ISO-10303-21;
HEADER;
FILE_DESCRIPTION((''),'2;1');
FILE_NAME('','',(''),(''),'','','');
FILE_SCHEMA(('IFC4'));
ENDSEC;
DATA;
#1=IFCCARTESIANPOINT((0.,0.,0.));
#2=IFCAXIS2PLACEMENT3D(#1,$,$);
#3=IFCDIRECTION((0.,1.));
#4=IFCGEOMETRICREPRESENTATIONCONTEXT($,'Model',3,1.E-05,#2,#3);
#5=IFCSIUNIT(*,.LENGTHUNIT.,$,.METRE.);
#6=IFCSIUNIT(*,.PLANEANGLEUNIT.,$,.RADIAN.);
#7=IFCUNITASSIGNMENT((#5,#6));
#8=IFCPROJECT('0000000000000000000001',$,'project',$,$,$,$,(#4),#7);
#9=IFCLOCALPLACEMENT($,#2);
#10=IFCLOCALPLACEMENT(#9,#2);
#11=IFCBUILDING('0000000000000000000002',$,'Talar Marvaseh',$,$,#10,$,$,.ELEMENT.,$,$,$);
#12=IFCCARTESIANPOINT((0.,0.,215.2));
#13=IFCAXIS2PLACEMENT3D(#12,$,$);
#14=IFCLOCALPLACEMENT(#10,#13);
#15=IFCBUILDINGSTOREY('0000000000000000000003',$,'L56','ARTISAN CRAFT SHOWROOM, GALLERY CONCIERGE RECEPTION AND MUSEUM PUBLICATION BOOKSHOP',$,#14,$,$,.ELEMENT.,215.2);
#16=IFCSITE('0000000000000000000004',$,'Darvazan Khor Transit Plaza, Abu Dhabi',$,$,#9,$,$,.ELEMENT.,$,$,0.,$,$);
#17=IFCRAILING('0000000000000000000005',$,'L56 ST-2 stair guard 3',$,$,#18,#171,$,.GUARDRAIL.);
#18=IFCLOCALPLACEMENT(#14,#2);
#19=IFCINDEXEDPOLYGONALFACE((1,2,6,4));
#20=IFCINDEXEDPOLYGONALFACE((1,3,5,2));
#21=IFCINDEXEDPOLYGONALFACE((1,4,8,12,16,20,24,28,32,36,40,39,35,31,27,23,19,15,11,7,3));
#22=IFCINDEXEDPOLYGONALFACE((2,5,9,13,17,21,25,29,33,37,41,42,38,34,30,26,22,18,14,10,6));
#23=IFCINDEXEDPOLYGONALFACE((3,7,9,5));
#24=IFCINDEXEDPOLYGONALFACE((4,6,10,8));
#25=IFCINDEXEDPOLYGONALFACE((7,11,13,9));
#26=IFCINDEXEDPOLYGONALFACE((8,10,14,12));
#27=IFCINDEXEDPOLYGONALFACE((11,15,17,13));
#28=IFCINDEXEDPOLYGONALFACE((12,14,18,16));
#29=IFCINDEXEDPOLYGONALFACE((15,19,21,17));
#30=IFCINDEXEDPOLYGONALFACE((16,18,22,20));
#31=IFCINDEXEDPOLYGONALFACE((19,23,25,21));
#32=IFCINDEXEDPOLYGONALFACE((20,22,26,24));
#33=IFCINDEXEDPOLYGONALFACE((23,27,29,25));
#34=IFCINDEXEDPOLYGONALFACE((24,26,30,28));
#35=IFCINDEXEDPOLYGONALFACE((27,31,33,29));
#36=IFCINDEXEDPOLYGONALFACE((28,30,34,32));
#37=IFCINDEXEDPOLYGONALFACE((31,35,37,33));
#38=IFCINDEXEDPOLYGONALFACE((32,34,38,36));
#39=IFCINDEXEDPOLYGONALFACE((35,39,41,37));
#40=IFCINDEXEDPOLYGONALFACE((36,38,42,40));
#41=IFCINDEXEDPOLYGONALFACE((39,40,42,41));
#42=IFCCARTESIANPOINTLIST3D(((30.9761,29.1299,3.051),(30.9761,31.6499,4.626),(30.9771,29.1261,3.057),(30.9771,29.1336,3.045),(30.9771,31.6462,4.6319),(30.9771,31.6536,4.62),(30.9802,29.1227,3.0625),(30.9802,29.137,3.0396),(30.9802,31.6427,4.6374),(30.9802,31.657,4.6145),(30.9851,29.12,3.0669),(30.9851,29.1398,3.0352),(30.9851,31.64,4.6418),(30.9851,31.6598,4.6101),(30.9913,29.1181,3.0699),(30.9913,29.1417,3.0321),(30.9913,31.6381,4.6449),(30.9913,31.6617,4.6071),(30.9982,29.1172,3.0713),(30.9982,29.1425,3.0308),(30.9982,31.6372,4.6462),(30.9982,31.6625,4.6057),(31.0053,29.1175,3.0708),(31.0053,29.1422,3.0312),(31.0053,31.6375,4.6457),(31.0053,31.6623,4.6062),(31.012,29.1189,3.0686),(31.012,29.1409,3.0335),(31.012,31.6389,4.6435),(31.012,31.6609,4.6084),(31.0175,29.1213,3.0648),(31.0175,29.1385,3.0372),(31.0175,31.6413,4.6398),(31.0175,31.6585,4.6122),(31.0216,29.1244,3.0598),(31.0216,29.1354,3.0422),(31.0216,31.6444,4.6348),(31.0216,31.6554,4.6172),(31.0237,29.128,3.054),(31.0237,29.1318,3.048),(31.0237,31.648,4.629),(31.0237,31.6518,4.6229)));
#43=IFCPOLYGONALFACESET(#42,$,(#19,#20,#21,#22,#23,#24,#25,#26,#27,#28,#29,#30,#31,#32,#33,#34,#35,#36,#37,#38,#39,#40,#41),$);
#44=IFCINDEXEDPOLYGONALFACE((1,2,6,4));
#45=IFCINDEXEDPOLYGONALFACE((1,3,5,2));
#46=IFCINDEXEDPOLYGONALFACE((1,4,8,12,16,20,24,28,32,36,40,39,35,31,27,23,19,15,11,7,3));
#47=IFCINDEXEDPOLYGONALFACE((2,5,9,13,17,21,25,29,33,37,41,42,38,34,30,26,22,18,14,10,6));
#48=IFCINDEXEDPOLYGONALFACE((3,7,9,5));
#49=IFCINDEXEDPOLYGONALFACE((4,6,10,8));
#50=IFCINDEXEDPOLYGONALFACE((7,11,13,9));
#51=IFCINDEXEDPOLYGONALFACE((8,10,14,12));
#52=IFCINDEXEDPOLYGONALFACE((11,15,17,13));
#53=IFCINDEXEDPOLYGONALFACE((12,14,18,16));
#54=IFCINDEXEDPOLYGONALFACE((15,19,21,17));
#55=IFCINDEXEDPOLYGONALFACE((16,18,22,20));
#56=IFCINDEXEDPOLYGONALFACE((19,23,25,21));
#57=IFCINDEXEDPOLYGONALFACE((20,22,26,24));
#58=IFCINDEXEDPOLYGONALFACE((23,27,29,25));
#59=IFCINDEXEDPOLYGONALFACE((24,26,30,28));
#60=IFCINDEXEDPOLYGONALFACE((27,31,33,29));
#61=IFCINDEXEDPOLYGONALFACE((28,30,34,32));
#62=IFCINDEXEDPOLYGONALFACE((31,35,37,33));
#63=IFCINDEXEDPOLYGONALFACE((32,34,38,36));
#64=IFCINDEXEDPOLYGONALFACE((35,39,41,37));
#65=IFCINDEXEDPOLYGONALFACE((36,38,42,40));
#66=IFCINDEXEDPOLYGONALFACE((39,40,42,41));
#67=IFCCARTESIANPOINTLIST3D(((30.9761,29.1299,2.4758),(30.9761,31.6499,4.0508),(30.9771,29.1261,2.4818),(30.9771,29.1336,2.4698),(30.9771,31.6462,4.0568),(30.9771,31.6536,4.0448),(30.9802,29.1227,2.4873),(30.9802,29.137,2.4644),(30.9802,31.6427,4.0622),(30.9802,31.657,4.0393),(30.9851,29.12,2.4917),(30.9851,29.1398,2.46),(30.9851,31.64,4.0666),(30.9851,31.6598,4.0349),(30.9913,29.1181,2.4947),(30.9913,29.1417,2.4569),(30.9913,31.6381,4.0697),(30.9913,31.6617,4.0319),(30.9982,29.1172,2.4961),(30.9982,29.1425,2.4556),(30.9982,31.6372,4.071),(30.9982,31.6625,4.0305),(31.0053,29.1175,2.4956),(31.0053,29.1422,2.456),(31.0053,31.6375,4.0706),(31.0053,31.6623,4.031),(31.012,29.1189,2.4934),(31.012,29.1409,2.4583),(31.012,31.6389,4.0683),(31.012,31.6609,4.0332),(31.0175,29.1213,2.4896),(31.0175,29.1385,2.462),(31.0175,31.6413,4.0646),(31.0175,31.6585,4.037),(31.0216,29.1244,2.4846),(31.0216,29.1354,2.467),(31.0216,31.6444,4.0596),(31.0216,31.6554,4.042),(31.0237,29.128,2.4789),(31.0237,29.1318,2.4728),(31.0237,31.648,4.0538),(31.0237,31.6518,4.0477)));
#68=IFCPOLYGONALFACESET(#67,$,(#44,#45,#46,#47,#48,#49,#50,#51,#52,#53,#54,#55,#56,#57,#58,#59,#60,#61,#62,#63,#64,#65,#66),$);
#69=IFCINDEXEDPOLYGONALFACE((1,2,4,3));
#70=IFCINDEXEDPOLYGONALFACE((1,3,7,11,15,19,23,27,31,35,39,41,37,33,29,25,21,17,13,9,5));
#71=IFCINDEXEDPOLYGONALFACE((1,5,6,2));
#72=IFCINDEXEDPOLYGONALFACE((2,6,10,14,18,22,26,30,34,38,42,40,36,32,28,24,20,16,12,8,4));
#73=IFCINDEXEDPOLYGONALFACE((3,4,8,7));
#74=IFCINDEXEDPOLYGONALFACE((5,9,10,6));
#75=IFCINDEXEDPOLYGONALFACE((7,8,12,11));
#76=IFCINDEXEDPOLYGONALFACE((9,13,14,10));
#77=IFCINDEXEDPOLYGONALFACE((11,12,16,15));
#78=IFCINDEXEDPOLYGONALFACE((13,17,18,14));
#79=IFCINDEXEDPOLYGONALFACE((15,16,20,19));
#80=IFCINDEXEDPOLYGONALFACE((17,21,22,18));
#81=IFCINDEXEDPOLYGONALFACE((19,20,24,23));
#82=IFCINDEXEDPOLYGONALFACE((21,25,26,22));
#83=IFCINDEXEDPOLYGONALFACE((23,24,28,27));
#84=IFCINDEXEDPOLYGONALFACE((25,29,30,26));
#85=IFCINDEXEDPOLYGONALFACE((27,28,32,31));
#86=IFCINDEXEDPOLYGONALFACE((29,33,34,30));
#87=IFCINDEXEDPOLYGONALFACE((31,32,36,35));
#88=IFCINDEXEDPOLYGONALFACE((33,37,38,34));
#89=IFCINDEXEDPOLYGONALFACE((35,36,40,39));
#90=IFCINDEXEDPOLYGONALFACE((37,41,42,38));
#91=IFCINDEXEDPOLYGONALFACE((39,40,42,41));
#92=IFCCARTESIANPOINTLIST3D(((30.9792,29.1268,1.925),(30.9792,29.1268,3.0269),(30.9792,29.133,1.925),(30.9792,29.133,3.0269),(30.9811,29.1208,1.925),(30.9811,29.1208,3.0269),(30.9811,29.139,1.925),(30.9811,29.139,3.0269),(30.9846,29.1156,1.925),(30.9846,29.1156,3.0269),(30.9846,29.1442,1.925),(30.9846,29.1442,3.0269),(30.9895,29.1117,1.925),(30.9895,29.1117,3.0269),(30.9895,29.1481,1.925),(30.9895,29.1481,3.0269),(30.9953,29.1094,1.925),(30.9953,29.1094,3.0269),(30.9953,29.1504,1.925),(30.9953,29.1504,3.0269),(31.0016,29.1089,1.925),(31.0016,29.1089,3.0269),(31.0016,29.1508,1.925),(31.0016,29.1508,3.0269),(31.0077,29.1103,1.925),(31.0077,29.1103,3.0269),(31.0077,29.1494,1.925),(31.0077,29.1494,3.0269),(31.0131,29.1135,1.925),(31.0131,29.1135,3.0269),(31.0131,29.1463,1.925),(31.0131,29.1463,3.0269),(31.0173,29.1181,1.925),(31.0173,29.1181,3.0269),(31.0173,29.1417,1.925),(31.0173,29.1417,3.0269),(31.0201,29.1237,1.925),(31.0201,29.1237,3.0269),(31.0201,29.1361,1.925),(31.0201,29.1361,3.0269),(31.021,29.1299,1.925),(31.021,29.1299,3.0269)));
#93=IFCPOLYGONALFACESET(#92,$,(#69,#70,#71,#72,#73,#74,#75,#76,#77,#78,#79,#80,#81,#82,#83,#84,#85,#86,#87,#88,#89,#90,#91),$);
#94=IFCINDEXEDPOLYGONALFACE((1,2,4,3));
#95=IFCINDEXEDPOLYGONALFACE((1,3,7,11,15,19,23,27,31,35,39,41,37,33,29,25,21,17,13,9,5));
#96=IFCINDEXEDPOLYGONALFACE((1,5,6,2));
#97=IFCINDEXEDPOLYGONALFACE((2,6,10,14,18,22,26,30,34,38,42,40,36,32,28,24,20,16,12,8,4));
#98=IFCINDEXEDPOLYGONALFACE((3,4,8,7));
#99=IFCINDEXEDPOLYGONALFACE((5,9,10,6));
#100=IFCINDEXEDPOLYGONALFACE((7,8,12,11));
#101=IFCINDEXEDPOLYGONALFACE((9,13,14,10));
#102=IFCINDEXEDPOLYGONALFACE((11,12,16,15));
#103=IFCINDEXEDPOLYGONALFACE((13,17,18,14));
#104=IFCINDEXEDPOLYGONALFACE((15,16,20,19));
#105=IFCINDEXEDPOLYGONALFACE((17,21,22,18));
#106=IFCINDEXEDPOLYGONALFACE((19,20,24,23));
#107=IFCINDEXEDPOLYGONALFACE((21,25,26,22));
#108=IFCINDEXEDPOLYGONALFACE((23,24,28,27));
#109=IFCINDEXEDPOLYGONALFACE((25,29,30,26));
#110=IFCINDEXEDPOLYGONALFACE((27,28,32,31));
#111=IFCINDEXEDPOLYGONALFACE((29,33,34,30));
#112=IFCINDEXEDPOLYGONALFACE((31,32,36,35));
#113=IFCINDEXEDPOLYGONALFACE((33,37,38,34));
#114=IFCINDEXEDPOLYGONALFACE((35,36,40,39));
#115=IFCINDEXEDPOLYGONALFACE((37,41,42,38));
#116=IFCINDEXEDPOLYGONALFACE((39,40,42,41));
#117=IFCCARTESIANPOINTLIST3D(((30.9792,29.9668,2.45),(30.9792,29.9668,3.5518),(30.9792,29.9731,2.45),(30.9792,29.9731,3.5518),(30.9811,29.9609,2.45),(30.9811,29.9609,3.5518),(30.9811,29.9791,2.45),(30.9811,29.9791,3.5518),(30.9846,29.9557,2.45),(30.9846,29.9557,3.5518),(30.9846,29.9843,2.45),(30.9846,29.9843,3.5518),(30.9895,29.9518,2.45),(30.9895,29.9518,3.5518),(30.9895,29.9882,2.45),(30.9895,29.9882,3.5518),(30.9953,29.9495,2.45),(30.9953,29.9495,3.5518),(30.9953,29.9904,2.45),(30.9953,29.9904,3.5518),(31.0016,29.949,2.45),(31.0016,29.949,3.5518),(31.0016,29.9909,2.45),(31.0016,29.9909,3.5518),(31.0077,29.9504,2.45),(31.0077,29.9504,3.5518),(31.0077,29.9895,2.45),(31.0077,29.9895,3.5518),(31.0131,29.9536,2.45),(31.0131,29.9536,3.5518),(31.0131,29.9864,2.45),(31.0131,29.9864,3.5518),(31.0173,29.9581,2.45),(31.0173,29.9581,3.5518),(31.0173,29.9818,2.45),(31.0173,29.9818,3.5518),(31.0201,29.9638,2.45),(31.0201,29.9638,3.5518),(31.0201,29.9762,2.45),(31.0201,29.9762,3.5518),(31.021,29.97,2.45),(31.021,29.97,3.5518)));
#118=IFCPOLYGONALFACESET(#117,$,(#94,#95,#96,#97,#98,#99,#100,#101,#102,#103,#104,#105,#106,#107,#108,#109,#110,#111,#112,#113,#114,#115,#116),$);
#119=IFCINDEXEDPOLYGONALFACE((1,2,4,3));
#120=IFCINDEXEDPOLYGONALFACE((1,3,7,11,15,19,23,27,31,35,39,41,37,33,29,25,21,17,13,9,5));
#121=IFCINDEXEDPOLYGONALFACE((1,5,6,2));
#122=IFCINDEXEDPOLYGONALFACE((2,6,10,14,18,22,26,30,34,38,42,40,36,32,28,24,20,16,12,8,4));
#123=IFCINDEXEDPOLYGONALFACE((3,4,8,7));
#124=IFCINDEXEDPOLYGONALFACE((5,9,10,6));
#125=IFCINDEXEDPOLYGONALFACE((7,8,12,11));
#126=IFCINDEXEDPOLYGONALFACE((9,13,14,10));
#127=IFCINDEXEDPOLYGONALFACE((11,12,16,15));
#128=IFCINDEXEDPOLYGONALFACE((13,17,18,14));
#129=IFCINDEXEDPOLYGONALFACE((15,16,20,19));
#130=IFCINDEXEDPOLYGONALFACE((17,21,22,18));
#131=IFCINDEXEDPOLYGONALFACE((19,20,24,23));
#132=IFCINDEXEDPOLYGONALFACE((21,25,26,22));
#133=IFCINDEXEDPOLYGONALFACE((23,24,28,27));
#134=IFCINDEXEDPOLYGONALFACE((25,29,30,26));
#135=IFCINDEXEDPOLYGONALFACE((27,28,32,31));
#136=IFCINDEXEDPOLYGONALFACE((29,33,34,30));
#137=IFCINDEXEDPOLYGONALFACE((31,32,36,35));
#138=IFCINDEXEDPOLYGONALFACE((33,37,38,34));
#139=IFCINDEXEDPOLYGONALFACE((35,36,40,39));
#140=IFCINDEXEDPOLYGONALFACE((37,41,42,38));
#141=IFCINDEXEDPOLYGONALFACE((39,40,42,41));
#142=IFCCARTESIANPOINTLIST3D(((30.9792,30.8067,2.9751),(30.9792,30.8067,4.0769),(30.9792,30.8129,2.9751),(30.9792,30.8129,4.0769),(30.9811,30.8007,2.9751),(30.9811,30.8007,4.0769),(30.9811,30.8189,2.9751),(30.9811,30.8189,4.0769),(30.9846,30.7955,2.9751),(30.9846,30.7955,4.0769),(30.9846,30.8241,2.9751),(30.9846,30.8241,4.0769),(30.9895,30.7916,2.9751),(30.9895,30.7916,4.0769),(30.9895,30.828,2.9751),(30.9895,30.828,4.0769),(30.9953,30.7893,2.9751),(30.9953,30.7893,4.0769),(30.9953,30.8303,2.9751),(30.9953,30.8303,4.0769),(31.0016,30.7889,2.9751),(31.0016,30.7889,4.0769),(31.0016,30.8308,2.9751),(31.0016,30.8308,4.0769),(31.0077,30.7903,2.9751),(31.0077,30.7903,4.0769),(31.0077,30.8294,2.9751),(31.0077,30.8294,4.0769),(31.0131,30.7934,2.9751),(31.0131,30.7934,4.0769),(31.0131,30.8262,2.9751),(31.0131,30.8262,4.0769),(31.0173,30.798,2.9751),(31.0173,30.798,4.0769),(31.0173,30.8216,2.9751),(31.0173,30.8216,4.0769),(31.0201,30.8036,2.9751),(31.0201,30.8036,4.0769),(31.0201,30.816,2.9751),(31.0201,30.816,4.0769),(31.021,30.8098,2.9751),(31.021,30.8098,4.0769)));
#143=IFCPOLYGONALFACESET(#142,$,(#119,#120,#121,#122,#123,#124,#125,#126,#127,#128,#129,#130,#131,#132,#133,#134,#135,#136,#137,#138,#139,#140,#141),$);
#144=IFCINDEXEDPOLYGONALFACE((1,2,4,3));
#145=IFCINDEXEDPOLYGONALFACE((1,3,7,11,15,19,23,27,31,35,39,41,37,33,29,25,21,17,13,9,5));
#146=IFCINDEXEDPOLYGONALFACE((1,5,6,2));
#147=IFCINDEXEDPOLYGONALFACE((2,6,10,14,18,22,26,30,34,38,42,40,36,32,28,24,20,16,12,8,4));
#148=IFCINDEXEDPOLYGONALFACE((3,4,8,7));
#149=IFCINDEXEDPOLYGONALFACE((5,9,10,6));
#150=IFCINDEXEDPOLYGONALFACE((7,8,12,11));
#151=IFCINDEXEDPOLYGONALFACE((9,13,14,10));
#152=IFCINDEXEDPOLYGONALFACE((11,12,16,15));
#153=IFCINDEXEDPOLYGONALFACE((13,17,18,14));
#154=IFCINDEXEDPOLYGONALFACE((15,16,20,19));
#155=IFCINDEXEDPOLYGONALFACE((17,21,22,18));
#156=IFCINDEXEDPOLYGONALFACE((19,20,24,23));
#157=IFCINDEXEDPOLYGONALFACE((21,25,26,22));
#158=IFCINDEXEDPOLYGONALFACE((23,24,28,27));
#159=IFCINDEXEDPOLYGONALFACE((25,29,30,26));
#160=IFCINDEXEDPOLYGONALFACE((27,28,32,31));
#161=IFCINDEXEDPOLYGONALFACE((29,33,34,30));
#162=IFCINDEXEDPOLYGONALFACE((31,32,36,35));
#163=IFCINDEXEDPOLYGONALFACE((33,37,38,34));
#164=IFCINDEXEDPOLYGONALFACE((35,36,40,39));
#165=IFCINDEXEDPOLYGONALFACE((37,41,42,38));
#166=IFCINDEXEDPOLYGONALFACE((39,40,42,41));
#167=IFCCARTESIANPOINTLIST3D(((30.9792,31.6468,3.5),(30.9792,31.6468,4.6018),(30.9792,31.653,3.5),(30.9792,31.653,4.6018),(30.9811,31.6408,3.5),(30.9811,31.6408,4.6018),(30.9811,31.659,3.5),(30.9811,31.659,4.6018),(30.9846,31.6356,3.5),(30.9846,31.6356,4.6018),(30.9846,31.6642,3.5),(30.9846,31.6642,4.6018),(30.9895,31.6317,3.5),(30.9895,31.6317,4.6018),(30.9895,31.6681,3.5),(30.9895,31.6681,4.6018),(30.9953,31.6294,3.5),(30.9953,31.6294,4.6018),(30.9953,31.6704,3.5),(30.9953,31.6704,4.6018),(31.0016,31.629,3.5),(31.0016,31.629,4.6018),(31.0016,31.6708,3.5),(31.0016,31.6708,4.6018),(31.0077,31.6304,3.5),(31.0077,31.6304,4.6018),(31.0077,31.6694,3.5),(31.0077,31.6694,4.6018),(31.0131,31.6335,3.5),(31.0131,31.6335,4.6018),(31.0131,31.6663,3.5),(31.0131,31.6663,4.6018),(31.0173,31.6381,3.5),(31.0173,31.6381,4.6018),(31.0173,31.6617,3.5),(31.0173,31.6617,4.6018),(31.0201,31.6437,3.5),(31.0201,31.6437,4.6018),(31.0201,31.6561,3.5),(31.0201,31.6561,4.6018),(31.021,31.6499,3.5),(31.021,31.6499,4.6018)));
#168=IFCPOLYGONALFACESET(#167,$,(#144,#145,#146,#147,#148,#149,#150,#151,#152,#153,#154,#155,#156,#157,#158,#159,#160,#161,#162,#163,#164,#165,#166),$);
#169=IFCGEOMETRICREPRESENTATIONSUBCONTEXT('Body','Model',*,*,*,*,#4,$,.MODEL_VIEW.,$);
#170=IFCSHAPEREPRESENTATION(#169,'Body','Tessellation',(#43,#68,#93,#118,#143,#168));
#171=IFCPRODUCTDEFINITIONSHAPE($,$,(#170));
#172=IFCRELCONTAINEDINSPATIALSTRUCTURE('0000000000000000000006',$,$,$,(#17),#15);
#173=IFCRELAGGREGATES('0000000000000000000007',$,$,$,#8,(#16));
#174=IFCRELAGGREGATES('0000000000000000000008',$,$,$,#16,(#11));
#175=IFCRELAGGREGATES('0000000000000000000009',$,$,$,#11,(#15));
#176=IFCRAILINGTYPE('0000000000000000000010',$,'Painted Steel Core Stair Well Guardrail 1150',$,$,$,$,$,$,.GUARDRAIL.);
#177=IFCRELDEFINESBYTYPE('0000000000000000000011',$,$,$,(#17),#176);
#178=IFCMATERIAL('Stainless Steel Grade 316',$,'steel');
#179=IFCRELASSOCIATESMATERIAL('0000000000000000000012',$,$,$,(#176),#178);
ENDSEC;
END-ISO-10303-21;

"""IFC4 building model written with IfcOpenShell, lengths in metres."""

from ifc_helpers import new_model, si_unit, direction, frame, origin, origin_2d, place, context, subcontext, project, spatial, circle, extrude, material, type_object, element, save


model = new_model("IFC4")

# Units and contexts
model_context = context("Model", 3, precision=1e-05, world=origin(), true_north=direction((0.0, 1.0)))
body_context = subcontext(model_context, "Body", "Model", "MODEL_VIEW")
ifc_project = project(units=[si_unit("LENGTHUNIT", "METRE"), si_unit("PLANEANGLEUNIT", "RADIAN")], contexts=[model_context])

# Site, building, storey
site_placement = place(None, origin())
site = spatial("IfcSite", under=ifc_project, at=site_placement, Name="Darvazan Khor Transit Plaza, Abu Dhabi", CompositionType="ELEMENT", RefElevation=0.0)
building_placement = place(site_placement, origin())
building = spatial("IfcBuilding", under=site, at=building_placement, Name="Talar Marvaseh", CompositionType="ELEMENT")
storey_placement = place(building_placement, frame((0.0, 0.0, 215.2)))
storey = spatial("IfcBuildingStorey", under=building, at=storey_placement, Name="L56", Description="ARTISAN CRAFT SHOWROOM, GALLERY CONCIERGE RECEPTION AND MUSEUM PUBLICATION BOOKSHOP", CompositionType="ELEMENT", Elevation=215.2)

# Shared definitions
ifc_material_1 = material(Name="Stainless Steel Grade 316", Category="steel")

# Railing
railing_type_1 = type_object("IfcRailingType", Name="Painted Steel Core Stair Well Guardrail 1150", PredefinedType="GUARDRAIL", material=ifc_material_1)
railing_1_placement = place(storey_placement, frame((31.0, 29.1299, 1.925)))
element("IfcRailing", 1, at=railing_1_placement, inside=storey, type_object=railing_type_1, Name="L56 ST-2 stair guard 3", PredefinedType="GUARDRAIL", context=body_context, shape_type="SweptSolid", body=[
    extrude(circle(Radius=0.0239, at=origin_2d()), frame((0.0, 0.0, 1.126), z_axis=(0.0, 0.848008, 0.529984), x_axis=(-1.0, 0.0, 0.0)), (0.0, 0.0, 1.0), 2.9717),
    extrude(circle(Radius=0.0239, at=origin_2d()), frame((0.0, 0.0, 0.5508), z_axis=(0.0, 0.848008, 0.529984), x_axis=(-1.0, 0.0, 0.0)), (0.0, 0.0, 1.0), 2.9717),
    extrude(circle(Radius=0.021, at=origin_2d()), origin(), (0.0, 0.0, 1.0), 1.1018),
    extrude(circle(Radius=0.021, at=origin_2d()), frame((0.0, 0.8401, 0.5249)), (0.0, 0.0, 1.0), 1.1018),
    extrude(circle(Radius=0.021, at=origin_2d()), frame((0.0, 1.6799, 1.05)), (0.0, 0.0, 1.0), 1.1018),
    extrude(circle(Radius=0.021, at=origin_2d()), frame((0.0, 2.52, 1.575)), (0.0, 0.0, 1.0), 1.1018),
])

save(model, "model.ifc")
